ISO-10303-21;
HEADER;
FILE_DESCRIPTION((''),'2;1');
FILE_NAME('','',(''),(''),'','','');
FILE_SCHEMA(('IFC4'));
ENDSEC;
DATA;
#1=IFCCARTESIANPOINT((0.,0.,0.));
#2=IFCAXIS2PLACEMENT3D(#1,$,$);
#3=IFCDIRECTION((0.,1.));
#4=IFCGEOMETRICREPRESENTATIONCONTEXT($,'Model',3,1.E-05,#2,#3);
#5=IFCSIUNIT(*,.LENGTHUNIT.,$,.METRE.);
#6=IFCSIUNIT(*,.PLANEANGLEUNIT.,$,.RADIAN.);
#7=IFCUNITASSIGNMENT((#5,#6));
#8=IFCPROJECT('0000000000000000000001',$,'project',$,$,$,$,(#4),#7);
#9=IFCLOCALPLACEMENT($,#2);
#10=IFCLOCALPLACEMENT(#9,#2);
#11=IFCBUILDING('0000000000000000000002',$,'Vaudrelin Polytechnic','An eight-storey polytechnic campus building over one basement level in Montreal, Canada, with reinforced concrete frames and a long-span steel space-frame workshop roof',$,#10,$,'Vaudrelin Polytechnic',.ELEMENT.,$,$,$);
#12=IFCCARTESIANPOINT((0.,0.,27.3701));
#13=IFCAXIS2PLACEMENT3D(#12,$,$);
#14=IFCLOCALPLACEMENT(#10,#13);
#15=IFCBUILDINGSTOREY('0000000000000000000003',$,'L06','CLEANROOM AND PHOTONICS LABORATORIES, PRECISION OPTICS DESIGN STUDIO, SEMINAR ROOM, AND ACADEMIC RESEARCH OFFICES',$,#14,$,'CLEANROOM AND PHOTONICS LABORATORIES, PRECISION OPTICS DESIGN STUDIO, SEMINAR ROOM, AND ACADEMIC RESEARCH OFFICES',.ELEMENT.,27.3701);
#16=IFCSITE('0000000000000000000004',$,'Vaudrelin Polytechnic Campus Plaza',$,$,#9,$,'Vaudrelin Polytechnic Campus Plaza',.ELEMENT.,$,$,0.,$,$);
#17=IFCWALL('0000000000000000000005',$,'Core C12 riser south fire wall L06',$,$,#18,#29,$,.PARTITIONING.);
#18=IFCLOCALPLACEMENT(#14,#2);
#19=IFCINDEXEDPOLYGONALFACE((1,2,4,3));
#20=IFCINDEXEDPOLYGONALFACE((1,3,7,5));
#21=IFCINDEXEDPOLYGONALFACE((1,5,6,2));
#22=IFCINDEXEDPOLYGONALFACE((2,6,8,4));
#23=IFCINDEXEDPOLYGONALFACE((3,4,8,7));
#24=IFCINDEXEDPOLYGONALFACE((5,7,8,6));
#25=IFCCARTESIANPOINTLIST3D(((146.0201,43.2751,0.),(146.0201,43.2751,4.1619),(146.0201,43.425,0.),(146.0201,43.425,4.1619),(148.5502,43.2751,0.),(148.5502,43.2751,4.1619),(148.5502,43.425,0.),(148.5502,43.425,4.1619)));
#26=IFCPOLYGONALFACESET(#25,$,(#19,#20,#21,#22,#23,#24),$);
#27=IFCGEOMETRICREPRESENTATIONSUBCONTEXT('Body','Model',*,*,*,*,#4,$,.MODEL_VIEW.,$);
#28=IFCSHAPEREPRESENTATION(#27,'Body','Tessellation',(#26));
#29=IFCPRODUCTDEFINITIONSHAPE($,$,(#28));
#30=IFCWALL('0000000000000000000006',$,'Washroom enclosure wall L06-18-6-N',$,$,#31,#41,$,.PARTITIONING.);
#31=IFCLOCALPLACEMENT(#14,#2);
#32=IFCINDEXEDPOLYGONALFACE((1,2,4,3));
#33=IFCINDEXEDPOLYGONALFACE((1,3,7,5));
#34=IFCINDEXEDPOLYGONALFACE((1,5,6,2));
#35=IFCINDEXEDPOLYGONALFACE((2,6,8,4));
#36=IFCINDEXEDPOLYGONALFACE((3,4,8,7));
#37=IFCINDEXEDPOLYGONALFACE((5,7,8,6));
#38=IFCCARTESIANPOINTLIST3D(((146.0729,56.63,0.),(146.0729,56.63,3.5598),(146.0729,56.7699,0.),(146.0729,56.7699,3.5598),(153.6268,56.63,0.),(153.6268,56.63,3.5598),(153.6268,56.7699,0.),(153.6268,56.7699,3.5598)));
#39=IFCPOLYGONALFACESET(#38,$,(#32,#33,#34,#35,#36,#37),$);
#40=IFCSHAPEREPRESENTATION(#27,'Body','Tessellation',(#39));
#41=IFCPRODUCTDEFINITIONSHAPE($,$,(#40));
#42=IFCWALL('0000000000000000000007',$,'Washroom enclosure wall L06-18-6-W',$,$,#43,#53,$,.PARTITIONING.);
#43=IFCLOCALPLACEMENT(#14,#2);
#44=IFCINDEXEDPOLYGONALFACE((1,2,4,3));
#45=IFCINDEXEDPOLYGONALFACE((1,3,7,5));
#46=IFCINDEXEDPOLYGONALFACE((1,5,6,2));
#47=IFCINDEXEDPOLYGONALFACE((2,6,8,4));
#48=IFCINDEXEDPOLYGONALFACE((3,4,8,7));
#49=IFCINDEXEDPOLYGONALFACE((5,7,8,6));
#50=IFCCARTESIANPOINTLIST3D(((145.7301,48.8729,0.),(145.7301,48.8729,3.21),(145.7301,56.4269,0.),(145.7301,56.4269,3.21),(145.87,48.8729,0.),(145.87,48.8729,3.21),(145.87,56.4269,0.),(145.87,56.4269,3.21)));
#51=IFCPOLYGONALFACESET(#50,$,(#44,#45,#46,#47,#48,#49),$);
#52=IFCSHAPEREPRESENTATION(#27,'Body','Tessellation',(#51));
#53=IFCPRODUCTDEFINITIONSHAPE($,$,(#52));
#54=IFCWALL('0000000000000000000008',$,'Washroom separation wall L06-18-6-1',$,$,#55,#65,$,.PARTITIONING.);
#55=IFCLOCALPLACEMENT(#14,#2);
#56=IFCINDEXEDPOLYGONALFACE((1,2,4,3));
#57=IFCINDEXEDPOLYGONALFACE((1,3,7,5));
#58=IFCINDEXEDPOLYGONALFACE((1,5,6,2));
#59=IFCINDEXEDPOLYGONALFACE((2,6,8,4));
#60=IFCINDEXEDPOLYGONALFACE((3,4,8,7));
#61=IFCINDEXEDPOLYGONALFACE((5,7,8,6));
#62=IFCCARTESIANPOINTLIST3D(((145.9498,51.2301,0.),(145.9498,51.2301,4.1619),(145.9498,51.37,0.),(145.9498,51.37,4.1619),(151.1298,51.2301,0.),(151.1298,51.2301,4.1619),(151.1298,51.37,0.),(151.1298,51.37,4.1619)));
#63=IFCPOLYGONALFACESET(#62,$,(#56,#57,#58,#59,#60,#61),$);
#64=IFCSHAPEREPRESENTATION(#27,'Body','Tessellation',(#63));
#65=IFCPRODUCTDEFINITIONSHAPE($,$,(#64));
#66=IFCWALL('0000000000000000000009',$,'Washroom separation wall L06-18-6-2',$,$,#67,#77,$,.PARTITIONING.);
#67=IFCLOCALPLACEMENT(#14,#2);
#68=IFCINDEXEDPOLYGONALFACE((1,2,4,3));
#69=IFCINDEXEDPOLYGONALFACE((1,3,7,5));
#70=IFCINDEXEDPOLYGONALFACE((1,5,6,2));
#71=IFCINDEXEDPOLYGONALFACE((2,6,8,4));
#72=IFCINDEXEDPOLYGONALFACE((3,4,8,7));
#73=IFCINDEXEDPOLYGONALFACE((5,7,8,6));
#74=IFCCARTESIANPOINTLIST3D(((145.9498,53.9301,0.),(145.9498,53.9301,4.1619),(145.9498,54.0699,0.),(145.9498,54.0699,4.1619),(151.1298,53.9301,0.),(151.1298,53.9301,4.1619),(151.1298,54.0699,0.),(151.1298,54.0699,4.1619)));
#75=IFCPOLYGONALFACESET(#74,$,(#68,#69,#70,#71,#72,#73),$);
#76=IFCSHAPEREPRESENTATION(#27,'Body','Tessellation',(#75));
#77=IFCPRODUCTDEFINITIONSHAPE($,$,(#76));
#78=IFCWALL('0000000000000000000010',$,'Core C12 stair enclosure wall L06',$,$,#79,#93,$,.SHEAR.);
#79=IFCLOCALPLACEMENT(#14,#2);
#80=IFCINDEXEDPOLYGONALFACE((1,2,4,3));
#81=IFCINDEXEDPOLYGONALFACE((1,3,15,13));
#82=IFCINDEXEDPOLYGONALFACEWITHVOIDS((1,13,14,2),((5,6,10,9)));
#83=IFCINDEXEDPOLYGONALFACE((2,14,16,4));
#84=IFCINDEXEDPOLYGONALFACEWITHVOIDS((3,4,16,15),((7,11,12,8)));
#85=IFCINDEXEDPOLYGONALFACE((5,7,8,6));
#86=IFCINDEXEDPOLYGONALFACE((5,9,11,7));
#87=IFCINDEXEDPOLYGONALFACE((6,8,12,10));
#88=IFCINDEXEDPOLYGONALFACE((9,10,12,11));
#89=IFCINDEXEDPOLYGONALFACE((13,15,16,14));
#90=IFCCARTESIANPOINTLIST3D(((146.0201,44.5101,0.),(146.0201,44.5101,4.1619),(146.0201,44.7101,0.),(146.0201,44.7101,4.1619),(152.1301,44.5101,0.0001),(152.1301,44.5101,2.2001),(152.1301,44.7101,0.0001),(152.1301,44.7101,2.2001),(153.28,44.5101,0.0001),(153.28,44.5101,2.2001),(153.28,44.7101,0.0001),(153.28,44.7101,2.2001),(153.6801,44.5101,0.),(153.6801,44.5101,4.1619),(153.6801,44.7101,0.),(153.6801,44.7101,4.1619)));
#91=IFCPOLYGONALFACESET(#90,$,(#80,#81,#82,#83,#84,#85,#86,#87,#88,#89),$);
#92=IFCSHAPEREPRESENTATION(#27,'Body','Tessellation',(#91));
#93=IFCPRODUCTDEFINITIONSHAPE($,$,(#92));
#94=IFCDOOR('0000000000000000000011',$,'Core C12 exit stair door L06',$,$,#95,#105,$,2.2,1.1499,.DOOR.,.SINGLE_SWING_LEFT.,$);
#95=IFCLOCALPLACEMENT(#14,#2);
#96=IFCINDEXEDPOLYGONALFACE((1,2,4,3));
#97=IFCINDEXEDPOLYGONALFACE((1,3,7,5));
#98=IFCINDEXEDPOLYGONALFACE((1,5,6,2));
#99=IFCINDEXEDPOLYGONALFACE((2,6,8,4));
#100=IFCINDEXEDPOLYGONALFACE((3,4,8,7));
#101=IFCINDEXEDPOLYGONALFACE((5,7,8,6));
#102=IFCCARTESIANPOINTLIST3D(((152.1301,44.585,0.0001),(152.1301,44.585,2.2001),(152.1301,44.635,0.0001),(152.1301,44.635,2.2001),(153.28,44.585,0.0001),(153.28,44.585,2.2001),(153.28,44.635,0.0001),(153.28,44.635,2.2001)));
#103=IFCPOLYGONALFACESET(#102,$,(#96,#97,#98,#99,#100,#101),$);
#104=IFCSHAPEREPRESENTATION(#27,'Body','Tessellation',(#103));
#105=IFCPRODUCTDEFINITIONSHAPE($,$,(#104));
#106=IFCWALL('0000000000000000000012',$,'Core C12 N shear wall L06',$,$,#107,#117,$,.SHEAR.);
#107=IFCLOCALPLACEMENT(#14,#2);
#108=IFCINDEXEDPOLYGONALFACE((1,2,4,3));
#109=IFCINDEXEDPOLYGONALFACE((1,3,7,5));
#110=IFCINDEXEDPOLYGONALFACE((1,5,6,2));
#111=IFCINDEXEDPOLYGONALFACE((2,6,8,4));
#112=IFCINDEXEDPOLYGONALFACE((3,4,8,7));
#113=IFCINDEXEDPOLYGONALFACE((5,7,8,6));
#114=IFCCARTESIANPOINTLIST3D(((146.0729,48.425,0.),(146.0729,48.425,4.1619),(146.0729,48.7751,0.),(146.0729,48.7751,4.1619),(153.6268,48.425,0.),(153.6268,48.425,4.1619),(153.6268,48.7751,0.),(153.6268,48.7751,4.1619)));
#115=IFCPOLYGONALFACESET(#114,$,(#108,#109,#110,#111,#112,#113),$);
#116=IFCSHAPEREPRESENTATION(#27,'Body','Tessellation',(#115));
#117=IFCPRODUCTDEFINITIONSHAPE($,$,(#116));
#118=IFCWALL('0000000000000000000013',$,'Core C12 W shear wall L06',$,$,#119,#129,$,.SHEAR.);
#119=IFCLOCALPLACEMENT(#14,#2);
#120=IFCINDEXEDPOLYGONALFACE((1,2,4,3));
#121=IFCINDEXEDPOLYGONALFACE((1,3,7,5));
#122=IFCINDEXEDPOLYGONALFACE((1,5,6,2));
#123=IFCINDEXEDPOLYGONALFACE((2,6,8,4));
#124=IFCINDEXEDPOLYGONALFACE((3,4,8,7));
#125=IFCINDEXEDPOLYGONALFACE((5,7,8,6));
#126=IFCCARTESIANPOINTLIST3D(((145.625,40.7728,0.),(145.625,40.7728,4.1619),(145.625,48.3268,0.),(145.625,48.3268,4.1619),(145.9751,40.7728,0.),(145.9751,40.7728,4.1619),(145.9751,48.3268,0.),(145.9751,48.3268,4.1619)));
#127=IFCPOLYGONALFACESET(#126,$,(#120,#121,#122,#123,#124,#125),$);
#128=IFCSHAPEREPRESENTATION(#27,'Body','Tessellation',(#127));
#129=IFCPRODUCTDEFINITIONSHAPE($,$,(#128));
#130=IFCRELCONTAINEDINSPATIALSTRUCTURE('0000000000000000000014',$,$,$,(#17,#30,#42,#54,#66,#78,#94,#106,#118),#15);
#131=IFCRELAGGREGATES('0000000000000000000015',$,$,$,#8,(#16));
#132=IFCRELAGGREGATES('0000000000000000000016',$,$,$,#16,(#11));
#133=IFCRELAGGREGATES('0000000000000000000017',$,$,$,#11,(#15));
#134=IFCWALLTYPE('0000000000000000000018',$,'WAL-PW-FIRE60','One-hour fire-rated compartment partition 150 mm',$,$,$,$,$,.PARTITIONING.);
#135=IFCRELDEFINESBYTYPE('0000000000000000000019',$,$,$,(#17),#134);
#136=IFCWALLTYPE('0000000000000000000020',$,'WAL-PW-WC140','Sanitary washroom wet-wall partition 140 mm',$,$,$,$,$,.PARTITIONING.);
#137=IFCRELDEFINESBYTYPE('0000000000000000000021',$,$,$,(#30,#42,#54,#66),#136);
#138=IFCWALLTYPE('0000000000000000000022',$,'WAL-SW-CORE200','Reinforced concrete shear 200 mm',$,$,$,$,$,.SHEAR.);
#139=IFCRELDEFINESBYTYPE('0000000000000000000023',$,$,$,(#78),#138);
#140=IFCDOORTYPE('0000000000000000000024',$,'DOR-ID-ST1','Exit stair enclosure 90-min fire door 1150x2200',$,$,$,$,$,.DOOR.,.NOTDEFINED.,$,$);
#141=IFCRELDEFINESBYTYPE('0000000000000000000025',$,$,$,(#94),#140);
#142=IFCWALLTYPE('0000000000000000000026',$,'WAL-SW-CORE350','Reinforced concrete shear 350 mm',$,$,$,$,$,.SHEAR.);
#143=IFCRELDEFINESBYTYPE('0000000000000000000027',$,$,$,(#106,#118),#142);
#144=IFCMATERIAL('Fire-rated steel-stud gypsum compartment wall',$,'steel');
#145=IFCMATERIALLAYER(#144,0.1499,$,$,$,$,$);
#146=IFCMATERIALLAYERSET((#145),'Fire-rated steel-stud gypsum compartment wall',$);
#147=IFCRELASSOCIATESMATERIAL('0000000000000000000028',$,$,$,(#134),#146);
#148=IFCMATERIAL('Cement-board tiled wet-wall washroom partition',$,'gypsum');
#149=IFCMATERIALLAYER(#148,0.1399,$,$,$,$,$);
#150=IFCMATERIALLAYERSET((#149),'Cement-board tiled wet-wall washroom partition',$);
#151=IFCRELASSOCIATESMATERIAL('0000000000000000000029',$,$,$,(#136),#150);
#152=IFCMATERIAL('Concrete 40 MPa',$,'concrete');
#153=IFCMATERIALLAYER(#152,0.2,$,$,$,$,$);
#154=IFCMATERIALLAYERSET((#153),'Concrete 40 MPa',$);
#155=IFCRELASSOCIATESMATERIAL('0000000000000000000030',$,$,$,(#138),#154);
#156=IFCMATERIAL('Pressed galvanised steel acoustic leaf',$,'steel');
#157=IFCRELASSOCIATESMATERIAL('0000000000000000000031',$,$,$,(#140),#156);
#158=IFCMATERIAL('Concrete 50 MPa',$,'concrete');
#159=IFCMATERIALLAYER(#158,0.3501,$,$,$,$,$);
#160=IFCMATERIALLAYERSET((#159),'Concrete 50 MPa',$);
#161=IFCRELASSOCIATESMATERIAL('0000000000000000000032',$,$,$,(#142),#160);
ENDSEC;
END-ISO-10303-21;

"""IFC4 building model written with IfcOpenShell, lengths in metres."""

from ifc_helpers import new_model, si_unit, direction, frame, frame_2d, origin, place, context, subcontext, project, spatial, rectangle, extrude, material, layer, layer_set, type_object, element, fill, save


model = new_model("IFC4")

# Units and contexts
model_context = context("Model", 3, precision=1e-05, world=origin(), true_north=direction((0.0, 1.0)))
body_context = subcontext(model_context, "Body", "Model", "MODEL_VIEW")
ifc_project = project(units=[si_unit("LENGTHUNIT", "METRE"), si_unit("PLANEANGLEUNIT", "RADIAN")], contexts=[model_context])

# Site, building, storey
site_placement = place(None, origin())
site = spatial("IfcSite", under=ifc_project, at=site_placement, Name="Vaudrelin Polytechnic Campus Plaza", LongName="Vaudrelin Polytechnic Campus Plaza", CompositionType="ELEMENT", RefElevation=0.0)
building_placement = place(site_placement, origin())
building = spatial("IfcBuilding", under=site, at=building_placement, Name="Vaudrelin Polytechnic", Description="An eight-storey polytechnic campus building over one basement level in Montreal, Canada, with reinforced concrete frames and a long-span steel space-frame workshop roof", LongName="Vaudrelin Polytechnic", CompositionType="ELEMENT")
storey_placement = place(building_placement, frame((0.0, 0.0, 27.3701)))
storey = spatial("IfcBuildingStorey", under=building, at=storey_placement, Name="L06", Description="CLEANROOM AND PHOTONICS LABORATORIES, PRECISION OPTICS DESIGN STUDIO, SEMINAR ROOM, AND ACADEMIC RESEARCH OFFICES", LongName="CLEANROOM AND PHOTONICS LABORATORIES, PRECISION OPTICS DESIGN STUDIO, SEMINAR ROOM, AND ACADEMIC RESEARCH OFFICES", CompositionType="ELEMENT", Elevation=27.3701)

# Shared definitions
ifc_material_1 = material(Name="Concrete 40 MPa", Category="concrete")

# Shared definitions
ifc_material_2 = material(Name="Concrete 50 MPa", Category="concrete")

# Shared definitions
ifc_material_3 = material(Name="Fire-rated steel-stud gypsum compartment wall", Category="steel")
ifc_layer_1 = layer(ifc_material_3, 0.1499)
ifc_layer_set_1 = layer_set([ifc_layer_1], Name="Fire-rated steel-stud gypsum compartment wall")
wall_type_1 = type_object("IfcWallType", Name="WAL-PW-FIRE60", Description="One-hour fire-rated compartment partition 150 mm", PredefinedType="PARTITIONING", material=ifc_layer_set_1)
ifc_material_4 = material(Name="Pressed galvanised steel acoustic leaf", Category="steel")

# Walls
wall_1_placement = place(storey_placement, frame((146.02, 43.3501, 0.0), z_axis=(0.0, 0.0, 1.0), x_axis=(1.0, 0.0, 0.0)))
element("IfcWall", 1, at=wall_1_placement, inside=storey, type_object=wall_type_1, Name="Core C12 riser south fire wall L06", PredefinedType="PARTITIONING", context=body_context, shape_type="SweptSolid", body=[
    extrude(rectangle(XDim=2.53, YDim=0.1499, at=frame_2d((1.2651, 0.0))), origin(), (0.0, 0.0, 1.0), 4.1619),
])
ifc_material_5 = material(Name="Cement-board tiled wet-wall washroom partition", Category="gypsum")
ifc_layer_2 = layer(ifc_material_5, 0.1399)
ifc_layer_set_2 = layer_set([ifc_layer_2], Name="Cement-board tiled wet-wall washroom partition")
wall_type_2 = type_object("IfcWallType", Name="WAL-PW-WC140", Description="Sanitary washroom wet-wall partition 140 mm", PredefinedType="PARTITIONING", material=ifc_layer_set_2)
wall_2_placement = place(storey_placement, frame((146.073, 56.7, 0.0), z_axis=(0.0, 0.0, 1.0), x_axis=(1.0, 0.0, 0.0)))
element("IfcWall", 2, at=wall_2_placement, inside=storey, type_object=wall_type_2, Name="Washroom enclosure wall L06-18-6-N", PredefinedType="PARTITIONING", context=body_context, shape_type="SweptSolid", body=[
    extrude(rectangle(XDim=7.554, YDim=0.1399, at=frame_2d((3.7769, 0.0))), origin(), (0.0, 0.0, 1.0), 3.5598),
])
wall_3_placement = place(storey_placement, frame((145.8, 48.873, 0.0), z_axis=(0.0, 0.0, 1.0), x_axis=(0.0, 1.0, 0.0)))
element("IfcWall", 3, at=wall_3_placement, inside=storey, type_object=wall_type_2, Name="Washroom enclosure wall L06-18-6-W", PredefinedType="PARTITIONING", context=body_context, shape_type="SweptSolid", body=[
    extrude(rectangle(XDim=7.554, YDim=0.1399, at=frame_2d((3.7769, 0.0))), origin(), (0.0, 0.0, 1.0), 3.21),
])

# Walls
for number, where, z_axis, x_axis, name in (
    (4, (145.95, 51.3, 0.0), (0.0, 0.0, 1.0), (1.0, 0.0, 0.0), "Washroom separation wall L06-18-6-1"),
    (5, (145.95, 54.0, 0.0), (0.0, 0.0, 1.0), (1.0, 0.0, 0.0), "Washroom separation wall L06-18-6-2"),
):
    element("IfcWall", number, at=place(storey_placement, frame(where, z_axis=z_axis, x_axis=x_axis)), inside=storey, type_object=wall_type_2, Name=name, PredefinedType="PARTITIONING", context=body_context, shape_type="SweptSolid", body=[
        extrude(rectangle(XDim=5.1799, YDim=0.1399, at=frame_2d((2.5898, 0.0))), origin(), (0.0, 0.0, 1.0), 4.1619),
    ])

# Wall, opening, door
ifc_layer_3 = layer(ifc_material_1, 0.2)
ifc_layer_set_3 = layer_set([ifc_layer_3], Name="Concrete 40 MPa")
wall_type_3 = type_object("IfcWallType", Name="WAL-SW-CORE200", Description="Reinforced concrete shear 200 mm", PredefinedType="SHEAR", material=ifc_layer_set_3)
wall_4_placement = place(storey_placement, frame((146.02, 44.6101, 0.0), z_axis=(0.0, 0.0, 1.0), x_axis=(1.0, 0.0, 0.0)))
wall_4 = element("IfcWall", 6, at=wall_4_placement, inside=storey, type_object=wall_type_3, Name="Core C12 stair enclosure wall L06", PredefinedType="SHEAR", context=body_context, shape_type="SweptSolid", body=[
    extrude(rectangle(XDim=7.6599, YDim=0.2, at=frame_2d((3.8301, 0.0))), origin(), (0.0, 0.0, 1.0), 4.1619),
])
opening_1_placement = place(wall_4_placement, frame((6.1101, 0.0, 0.0)))
opening_1 = element("IfcOpeningElement", 7, at=opening_1_placement, cuts=wall_4, PredefinedType="OPENING", context=body_context, shape_type="SweptSolid", body=[
    extrude(rectangle(XDim=1.1499, YDim=2.2, at=frame_2d((0.575, 1.1001))), frame((0.0, 0.1099, 0.0), z_axis=(0.0, -1.0, 0.0), x_axis=(1.0, 0.0, 0.0)), (0.0, 0.0, 1.0), 0.22),
])
door_type_1 = type_object("IfcDoorType", Name="DOR-ID-ST1", Description="Exit stair enclosure 90-min fire door 1150x2200", OperationType="NOTDEFINED", PredefinedType="DOOR", material=ifc_material_4)
door_1_placement = place(opening_1_placement, origin())
door_1 = element("IfcDoor", 8, at=door_1_placement, inside=storey, type_object=door_type_1, Name="Core C12 exit stair door L06", OperationType="SINGLE_SWING_LEFT", OverallHeight=2.2, OverallWidth=1.1499, PredefinedType="DOOR", context=body_context, shape_type="SweptSolid", body=[
    extrude(rectangle(XDim=1.1499, YDim=2.2, at=frame_2d((0.575, 1.1001))), frame((0.0, 0.0249, 0.0), z_axis=(0.0, -1.0, 0.0), x_axis=(1.0, 0.0, 0.0)), (0.0, 0.0, 1.0), 0.05),
])
fill(opening_1, door_1)

# Walls
ifc_layer_4 = layer(ifc_material_2, 0.3501)
ifc_layer_set_4 = layer_set([ifc_layer_4], Name="Concrete 50 MPa")
wall_type_4 = type_object("IfcWallType", Name="WAL-SW-CORE350", Description="Reinforced concrete shear 350 mm", PredefinedType="SHEAR", material=ifc_layer_set_4)
for number, where, z_axis, x_axis, name in (
    (9, (146.073, 48.6001, 0.0), (0.0, 0.0, 1.0), (1.0, 0.0, 0.0), "Core C12 N shear wall L06"),
    (10, (145.8, 40.7729, 0.0), (0.0, 0.0, 1.0), (0.0, 1.0, 0.0), "Core C12 W shear wall L06"),
):
    element("IfcWall", number, at=place(storey_placement, frame(where, z_axis=z_axis, x_axis=x_axis)), inside=storey, type_object=wall_type_4, Name=name, PredefinedType="SHEAR", context=body_context, shape_type="SweptSolid", body=[
        extrude(rectangle(XDim=7.554, YDim=0.3501, at=frame_2d((3.7769, 0.0))), origin(), (0.0, 0.0, 1.0), 4.1619),
    ])

save(model, "model.ifc")
